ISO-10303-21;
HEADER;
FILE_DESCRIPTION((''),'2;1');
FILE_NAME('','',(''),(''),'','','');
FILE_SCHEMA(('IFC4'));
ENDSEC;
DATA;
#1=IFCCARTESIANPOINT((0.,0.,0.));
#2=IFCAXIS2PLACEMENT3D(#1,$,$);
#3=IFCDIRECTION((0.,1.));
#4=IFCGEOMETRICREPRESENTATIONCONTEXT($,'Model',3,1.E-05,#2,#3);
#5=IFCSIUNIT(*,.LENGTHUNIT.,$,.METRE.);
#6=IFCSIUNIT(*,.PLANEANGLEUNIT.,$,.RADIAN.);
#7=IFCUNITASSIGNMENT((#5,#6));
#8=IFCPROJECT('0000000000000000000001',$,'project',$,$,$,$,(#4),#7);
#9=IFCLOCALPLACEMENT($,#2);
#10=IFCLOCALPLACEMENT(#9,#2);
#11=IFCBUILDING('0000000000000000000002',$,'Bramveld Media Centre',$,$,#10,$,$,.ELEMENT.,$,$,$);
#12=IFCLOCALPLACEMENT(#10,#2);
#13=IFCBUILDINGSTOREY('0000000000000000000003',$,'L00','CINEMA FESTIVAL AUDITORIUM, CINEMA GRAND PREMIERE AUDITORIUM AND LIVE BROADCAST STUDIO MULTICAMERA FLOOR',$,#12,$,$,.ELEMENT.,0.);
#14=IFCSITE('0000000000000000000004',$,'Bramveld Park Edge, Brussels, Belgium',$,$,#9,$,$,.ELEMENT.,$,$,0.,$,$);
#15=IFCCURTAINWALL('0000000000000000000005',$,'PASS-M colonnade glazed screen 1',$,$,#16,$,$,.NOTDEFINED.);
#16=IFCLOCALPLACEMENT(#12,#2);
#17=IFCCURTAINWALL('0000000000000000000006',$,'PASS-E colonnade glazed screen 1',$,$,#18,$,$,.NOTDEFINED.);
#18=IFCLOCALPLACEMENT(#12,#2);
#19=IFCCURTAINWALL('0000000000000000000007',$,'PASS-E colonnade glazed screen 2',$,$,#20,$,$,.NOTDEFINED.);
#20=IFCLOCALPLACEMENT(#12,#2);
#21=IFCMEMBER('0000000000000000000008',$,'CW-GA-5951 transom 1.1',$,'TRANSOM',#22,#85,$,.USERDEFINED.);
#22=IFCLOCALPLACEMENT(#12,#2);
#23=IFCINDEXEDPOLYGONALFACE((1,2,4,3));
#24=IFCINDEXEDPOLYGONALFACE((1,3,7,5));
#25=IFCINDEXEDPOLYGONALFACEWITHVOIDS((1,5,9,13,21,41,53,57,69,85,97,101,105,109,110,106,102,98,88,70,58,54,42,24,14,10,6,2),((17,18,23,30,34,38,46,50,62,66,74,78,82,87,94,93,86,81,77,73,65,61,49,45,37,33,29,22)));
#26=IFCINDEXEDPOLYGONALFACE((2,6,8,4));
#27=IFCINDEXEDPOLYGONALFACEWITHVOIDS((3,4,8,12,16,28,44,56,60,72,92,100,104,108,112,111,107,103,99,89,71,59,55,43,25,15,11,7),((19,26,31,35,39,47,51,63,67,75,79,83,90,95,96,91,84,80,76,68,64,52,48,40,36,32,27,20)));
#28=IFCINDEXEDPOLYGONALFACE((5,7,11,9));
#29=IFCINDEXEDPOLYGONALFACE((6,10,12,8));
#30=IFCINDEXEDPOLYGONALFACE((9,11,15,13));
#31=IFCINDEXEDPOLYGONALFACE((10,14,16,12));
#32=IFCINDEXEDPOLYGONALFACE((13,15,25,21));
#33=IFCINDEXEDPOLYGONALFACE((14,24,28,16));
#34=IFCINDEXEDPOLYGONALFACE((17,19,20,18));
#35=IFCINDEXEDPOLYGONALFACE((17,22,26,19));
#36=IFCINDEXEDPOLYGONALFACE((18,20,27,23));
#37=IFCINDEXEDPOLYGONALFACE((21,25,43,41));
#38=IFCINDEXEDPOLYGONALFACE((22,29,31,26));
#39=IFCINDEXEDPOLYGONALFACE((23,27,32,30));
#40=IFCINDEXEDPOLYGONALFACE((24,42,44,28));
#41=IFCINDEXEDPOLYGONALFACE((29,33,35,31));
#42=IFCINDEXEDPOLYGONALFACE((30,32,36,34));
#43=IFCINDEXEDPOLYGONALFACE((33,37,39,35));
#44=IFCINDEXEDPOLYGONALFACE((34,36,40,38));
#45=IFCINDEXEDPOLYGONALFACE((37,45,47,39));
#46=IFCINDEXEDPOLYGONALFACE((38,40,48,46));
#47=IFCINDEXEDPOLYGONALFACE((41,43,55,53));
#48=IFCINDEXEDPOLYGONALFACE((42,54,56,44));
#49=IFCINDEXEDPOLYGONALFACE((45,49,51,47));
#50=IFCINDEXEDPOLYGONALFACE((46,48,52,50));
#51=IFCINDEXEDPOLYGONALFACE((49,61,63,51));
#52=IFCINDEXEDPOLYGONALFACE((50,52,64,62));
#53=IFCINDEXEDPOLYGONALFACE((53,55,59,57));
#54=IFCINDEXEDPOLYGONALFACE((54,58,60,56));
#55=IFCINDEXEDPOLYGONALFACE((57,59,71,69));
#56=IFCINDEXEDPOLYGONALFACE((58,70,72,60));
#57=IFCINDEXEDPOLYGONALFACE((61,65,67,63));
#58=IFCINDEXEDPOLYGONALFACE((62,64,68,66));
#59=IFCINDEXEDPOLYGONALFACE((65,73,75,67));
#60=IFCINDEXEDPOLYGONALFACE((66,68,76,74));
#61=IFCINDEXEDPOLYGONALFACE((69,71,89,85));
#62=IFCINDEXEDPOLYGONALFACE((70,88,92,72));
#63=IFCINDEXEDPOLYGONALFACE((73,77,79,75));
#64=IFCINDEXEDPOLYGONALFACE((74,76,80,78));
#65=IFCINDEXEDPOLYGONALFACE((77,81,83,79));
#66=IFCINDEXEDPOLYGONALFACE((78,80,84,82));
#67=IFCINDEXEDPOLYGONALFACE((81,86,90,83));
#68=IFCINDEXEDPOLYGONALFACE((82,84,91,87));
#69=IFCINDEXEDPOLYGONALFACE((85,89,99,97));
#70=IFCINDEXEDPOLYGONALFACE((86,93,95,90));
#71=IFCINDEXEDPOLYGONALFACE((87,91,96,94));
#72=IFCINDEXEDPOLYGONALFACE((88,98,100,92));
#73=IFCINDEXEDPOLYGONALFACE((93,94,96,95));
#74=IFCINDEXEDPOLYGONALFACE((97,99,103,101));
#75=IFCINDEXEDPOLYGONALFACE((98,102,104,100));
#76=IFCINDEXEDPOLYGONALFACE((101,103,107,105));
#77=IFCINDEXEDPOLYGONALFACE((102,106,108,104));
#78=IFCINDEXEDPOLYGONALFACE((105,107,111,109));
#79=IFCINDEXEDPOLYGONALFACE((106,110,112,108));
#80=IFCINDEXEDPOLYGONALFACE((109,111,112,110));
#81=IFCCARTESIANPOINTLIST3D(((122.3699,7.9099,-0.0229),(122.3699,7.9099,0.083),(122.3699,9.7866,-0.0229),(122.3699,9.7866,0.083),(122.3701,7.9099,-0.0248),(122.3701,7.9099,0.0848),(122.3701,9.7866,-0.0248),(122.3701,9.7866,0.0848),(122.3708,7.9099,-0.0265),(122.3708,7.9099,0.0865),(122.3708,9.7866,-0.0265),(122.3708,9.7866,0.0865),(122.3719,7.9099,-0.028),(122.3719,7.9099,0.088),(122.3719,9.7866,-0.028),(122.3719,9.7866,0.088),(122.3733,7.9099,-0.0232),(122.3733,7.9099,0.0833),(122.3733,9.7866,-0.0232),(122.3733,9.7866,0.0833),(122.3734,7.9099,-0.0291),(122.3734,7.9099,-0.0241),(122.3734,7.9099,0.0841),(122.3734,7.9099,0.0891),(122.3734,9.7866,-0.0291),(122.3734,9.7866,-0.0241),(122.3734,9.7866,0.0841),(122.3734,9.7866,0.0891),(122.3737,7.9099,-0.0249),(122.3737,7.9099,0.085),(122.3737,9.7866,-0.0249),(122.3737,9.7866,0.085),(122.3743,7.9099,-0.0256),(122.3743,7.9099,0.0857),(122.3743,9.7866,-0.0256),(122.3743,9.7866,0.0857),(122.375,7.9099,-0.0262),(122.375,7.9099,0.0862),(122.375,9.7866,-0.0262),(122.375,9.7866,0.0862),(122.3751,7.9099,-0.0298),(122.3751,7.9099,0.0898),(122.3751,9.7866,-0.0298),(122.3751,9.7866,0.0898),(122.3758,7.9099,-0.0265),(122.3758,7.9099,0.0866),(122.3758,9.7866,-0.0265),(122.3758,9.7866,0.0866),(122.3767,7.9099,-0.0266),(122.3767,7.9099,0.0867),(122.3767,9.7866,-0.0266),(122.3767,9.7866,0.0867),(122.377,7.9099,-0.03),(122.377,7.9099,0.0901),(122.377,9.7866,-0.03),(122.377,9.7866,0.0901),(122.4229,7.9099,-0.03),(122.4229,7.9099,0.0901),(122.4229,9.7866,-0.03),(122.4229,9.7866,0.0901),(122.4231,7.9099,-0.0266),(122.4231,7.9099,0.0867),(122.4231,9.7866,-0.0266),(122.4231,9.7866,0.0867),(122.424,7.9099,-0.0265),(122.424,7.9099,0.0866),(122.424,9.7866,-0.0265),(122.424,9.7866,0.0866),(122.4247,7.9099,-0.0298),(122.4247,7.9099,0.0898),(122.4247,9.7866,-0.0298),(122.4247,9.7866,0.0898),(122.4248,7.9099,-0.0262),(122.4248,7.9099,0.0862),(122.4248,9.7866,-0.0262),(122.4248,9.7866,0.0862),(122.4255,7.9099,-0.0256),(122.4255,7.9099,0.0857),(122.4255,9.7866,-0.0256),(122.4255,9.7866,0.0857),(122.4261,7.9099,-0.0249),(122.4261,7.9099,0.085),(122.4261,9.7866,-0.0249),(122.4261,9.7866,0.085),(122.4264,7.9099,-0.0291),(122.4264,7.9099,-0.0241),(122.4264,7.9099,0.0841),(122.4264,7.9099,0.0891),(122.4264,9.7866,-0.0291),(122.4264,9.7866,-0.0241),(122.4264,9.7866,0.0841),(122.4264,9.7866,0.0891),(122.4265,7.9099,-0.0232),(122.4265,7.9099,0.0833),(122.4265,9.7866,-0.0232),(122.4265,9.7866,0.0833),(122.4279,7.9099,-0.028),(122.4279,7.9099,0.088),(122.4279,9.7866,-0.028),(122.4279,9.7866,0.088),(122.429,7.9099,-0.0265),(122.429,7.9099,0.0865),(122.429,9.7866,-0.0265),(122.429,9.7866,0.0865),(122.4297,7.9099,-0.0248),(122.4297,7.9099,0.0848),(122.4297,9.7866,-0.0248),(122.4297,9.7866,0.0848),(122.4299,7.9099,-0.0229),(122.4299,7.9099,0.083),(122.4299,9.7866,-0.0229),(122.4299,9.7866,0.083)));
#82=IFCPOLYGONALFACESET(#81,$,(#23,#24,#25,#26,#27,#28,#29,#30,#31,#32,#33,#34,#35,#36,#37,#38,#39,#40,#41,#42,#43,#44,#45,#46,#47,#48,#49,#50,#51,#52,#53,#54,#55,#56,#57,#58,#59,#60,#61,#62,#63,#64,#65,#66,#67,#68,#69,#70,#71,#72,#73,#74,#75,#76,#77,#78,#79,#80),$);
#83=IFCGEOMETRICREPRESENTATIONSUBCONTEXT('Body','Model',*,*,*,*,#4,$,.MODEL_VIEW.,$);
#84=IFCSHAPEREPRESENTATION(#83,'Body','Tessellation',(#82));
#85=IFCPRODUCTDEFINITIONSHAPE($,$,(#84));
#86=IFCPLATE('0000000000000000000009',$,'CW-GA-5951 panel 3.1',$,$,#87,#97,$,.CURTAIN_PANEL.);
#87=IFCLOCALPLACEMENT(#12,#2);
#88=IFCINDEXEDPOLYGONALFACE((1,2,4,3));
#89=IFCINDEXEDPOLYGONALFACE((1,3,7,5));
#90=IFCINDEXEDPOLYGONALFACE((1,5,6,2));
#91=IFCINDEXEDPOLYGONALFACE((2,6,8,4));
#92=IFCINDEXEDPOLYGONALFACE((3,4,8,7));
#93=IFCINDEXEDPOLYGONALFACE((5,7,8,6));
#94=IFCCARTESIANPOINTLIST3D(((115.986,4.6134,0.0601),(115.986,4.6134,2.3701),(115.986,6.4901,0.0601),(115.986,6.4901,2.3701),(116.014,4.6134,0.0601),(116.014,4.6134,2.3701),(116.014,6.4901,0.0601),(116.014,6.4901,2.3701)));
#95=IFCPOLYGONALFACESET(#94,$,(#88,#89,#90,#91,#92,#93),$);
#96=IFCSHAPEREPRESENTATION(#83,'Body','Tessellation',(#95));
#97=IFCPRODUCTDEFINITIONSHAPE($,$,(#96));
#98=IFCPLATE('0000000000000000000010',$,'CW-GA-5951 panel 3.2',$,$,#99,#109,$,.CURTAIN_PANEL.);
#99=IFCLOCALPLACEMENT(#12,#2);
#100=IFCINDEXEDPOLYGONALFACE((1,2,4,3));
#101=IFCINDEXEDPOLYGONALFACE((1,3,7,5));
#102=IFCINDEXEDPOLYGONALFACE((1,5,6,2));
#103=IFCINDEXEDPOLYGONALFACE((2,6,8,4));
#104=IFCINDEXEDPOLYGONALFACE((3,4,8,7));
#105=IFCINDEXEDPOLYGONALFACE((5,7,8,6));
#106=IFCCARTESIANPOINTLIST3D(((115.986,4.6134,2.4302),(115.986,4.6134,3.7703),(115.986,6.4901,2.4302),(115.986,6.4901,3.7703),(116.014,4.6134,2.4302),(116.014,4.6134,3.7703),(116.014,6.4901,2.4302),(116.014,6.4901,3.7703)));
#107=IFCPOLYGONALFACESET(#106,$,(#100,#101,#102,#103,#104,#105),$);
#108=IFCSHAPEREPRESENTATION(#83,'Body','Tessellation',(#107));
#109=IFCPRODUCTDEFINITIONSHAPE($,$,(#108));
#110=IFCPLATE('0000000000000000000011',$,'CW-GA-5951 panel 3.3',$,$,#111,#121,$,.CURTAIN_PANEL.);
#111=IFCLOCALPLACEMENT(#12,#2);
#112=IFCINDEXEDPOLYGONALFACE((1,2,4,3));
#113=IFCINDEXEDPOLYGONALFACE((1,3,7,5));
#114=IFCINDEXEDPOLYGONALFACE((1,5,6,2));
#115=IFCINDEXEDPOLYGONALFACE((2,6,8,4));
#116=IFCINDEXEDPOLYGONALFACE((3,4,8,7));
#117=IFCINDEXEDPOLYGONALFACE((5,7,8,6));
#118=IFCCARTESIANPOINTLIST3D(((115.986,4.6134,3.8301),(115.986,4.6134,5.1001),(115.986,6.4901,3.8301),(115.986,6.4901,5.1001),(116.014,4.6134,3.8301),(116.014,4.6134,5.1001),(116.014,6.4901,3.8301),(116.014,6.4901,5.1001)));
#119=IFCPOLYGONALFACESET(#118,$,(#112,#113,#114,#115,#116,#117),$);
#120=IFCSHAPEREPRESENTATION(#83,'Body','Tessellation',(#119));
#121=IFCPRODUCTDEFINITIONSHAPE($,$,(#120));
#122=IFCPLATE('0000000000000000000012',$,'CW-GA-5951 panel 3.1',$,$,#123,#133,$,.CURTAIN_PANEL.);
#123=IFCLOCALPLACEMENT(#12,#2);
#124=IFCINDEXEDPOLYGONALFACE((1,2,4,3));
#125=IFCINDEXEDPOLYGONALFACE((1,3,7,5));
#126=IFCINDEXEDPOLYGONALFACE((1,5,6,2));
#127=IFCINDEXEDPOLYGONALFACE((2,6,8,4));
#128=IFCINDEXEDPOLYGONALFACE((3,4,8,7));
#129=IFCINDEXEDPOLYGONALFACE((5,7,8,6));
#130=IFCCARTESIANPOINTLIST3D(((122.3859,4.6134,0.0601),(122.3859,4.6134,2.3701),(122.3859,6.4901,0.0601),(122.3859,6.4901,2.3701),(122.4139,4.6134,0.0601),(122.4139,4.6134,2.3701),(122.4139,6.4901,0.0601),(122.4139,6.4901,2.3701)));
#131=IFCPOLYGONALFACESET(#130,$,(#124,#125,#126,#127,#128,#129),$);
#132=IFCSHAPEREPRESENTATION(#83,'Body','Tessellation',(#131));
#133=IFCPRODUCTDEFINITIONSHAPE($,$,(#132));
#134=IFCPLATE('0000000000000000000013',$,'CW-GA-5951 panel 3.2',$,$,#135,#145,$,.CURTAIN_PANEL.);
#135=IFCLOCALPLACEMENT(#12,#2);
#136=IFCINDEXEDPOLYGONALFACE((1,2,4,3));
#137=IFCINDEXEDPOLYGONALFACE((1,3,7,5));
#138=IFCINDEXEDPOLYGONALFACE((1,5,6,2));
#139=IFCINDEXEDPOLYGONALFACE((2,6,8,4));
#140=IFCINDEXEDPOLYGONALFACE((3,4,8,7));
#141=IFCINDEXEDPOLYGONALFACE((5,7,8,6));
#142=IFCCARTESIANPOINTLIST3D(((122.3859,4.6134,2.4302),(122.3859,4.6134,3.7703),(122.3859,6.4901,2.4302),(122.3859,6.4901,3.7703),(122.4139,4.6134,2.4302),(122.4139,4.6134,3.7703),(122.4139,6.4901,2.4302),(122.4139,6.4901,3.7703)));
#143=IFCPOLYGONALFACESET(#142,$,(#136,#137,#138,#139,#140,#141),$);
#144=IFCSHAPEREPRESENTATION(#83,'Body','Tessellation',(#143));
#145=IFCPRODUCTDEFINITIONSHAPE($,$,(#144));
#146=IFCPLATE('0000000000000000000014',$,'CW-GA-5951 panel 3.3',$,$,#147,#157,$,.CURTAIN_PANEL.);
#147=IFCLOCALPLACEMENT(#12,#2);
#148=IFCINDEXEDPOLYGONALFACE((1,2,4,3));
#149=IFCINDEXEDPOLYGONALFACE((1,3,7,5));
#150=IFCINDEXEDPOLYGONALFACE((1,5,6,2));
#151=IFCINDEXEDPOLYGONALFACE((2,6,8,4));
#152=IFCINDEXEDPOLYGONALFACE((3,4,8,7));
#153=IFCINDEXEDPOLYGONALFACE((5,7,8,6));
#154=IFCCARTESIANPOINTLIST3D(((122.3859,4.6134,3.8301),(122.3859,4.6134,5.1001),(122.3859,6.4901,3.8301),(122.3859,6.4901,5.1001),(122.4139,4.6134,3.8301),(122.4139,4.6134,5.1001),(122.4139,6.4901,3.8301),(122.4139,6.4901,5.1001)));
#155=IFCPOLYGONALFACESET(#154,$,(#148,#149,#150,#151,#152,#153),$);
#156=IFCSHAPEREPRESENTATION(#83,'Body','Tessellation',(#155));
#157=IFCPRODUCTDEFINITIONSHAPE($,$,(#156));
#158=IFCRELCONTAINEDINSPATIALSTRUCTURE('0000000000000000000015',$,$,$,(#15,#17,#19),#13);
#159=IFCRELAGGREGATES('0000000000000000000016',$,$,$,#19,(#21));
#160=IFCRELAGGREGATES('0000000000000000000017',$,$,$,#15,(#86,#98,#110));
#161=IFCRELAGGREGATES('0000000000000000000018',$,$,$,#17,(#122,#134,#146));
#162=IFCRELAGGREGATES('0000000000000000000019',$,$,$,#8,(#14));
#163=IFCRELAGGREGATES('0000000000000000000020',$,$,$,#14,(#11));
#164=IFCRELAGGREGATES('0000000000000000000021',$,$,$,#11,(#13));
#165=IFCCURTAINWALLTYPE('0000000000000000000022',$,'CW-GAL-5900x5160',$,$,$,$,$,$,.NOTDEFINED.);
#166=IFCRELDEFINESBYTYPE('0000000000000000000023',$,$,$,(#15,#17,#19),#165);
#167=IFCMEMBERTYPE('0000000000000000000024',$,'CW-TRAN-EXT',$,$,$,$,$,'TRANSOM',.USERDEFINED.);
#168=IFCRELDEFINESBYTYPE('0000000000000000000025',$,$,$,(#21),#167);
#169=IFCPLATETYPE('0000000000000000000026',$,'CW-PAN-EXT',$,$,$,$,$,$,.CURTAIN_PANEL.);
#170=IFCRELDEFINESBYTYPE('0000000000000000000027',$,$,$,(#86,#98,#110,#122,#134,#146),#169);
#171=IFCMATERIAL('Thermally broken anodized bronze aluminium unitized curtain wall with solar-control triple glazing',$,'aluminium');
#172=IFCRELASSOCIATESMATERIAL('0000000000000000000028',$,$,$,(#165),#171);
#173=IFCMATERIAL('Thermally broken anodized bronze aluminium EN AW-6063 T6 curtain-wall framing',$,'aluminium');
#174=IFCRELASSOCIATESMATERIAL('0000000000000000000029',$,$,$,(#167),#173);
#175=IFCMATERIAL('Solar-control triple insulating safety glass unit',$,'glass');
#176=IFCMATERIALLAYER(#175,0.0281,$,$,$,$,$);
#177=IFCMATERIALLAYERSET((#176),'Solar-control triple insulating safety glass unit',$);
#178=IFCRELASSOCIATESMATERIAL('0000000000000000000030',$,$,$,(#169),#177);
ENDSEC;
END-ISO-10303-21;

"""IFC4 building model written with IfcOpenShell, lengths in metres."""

from ifc_helpers import new_model, si_unit, direction, frame, origin, origin_2d, place, context, subcontext, project, spatial, rectangle, hollow_rectangle, extrude, material, layer, layer_set, material_profile, profile_set, type_object, element, aggregate, save


model = new_model("IFC4")

# Units and contexts
model_context = context("Model", 3, precision=1e-05, world=origin(), true_north=direction((0.0, 1.0)))
body_context = subcontext(model_context, "Body", "Model", "MODEL_VIEW")
ifc_project = project(units=[si_unit("LENGTHUNIT", "METRE"), si_unit("PLANEANGLEUNIT", "RADIAN")], contexts=[model_context])

# Site, building, storey
site_placement = place(None, origin())
site = spatial("IfcSite", under=ifc_project, at=site_placement, Name="Bramveld Park Edge, Brussels, Belgium", CompositionType="ELEMENT", RefElevation=0.0)
building_placement = place(site_placement, origin())
building = spatial("IfcBuilding", under=site, at=building_placement, Name="Bramveld Media Centre", CompositionType="ELEMENT")
storey_placement = place(building_placement, origin())
storey = spatial("IfcBuildingStorey", under=building, at=storey_placement, Name="L00", Description="CINEMA FESTIVAL AUDITORIUM, CINEMA GRAND PREMIERE AUDITORIUM AND LIVE BROADCAST STUDIO MULTICAMERA FLOOR", CompositionType="ELEMENT", Elevation=0.0)

# Curtain walls
ifc_material_1 = material(Name="Thermally broken anodized bronze aluminium unitized curtain wall with solar-control triple glazing", Category="aluminium")
curtain_wall_type = type_object("IfcCurtainWallType", Name="CW-GAL-5900x5160", PredefinedType="NOTDEFINED", material=ifc_material_1)
curtain_wall_1_placement = place(storey_placement, origin())
curtain_wall_1 = element("IfcCurtainWall", 1, at=curtain_wall_1_placement, inside=storey, type_object=curtain_wall_type, Name="PASS-M colonnade glazed screen 1", PredefinedType="NOTDEFINED")
curtain_wall_2_placement = place(storey_placement, origin())
curtain_wall_2 = element("IfcCurtainWall", 2, at=curtain_wall_2_placement, inside=storey, type_object=curtain_wall_type, Name="PASS-E colonnade glazed screen 1", PredefinedType="NOTDEFINED")
curtain_wall_3_placement = place(storey_placement, origin())
curtain_wall_3 = element("IfcCurtainWall", 3, at=curtain_wall_3_placement, inside=storey, type_object=curtain_wall_type, Name="PASS-E colonnade glazed screen 2", PredefinedType="NOTDEFINED")

# Member
ifc_material_2 = material(Name="Thermally broken anodized bronze aluminium EN AW-6063 T6 curtain-wall framing", Category="aluminium")
ifc_material_profile_1 = material_profile(ifc_material_2, hollow_rectangle(XDim=0.0601, YDim=0.1201, WallThickness=0.0034, InnerFilletRadius=0.0034, OuterFilletRadius=0.0071, at=origin_2d()), Name="AL-TRAN 60x120")
ifc_profile_set_1 = profile_set([ifc_material_profile_1], Name="Thermally broken anodized bronze aluminium EN AW-6063 T6 curtain-wall framing")
member_type_1 = type_object("IfcMemberType", Name="CW-TRAN-EXT", ElementType="TRANSOM", PredefinedType="USERDEFINED", material=ifc_profile_set_1)
member_1_placement = place(storey_placement, frame((122.3999, 7.9099, 0.03), z_axis=(0.0, 1.0, 0.0), x_axis=(-1.0, 0.0, 0.0)))
member_1 = element("IfcMember", 4, at=member_1_placement, type_object=member_type_1, Name="CW-GA-5951 transom 1.1", ObjectType="TRANSOM", PredefinedType="USERDEFINED", context=body_context, shape_type="SweptSolid", body=[
    extrude(hollow_rectangle(XDim=0.0601, YDim=0.1201, WallThickness=0.0034, InnerFilletRadius=0.0034, OuterFilletRadius=0.0071, at=origin_2d()), origin(), (0.0, 0.0, 1.0), 1.8767),
])
aggregate(curtain_wall_3, [member_1])

# Plates
ifc_material_3 = material(Name="Solar-control triple insulating safety glass unit", Category="glass")
ifc_layer = layer(ifc_material_3, 0.0281)
ifc_layer_set = layer_set([ifc_layer], Name="Solar-control triple insulating safety glass unit")
plate_type = type_object("IfcPlateType", Name="CW-PAN-EXT", PredefinedType="CURTAIN_PANEL", material=ifc_layer_set)
plate_1_placement = place(storey_placement, frame((116.0, 5.5518, 0.0601), z_axis=(0.0, 0.0, 1.0), x_axis=(0.0, 1.0, 0.0)))
plate_1 = element("IfcPlate", 5, at=plate_1_placement, type_object=plate_type, Name="CW-GA-5951 panel 3.1", PredefinedType="CURTAIN_PANEL", context=body_context, shape_type="SweptSolid", body=[
    extrude(rectangle(XDim=1.8767, YDim=0.0281, at=origin_2d()), origin(), (0.0, 0.0, 1.0), 2.3101),
])
plate_2_placement = place(storey_placement, frame((116.0, 5.5518, 2.4302), z_axis=(0.0, 0.0, 1.0), x_axis=(0.0, 1.0, 0.0)))
plate_2 = element("IfcPlate", 6, at=plate_2_placement, type_object=plate_type, Name="CW-GA-5951 panel 3.2", PredefinedType="CURTAIN_PANEL", context=body_context, shape_type="SweptSolid", body=[
    extrude(rectangle(XDim=1.8767, YDim=0.0281, at=origin_2d()), origin(), (0.0, 0.0, 1.0), 1.3401),
])
plate_3_placement = place(storey_placement, frame((116.0, 5.5518, 3.8301), z_axis=(0.0, 0.0, 1.0), x_axis=(0.0, 1.0, 0.0)))
plate_3 = element("IfcPlate", 7, at=plate_3_placement, type_object=plate_type, Name="CW-GA-5951 panel 3.3", PredefinedType="CURTAIN_PANEL", context=body_context, shape_type="SweptSolid", body=[
    extrude(rectangle(XDim=1.8767, YDim=0.0281, at=origin_2d()), origin(), (0.0, 0.0, 1.0), 1.27),
])
aggregate(curtain_wall_1, [plate_1, plate_2, plate_3])
plate_4_placement = place(storey_placement, frame((122.3999, 5.5518, 0.0601), z_axis=(0.0, 0.0, 1.0), x_axis=(0.0, 1.0, 0.0)))
plate_4 = element("IfcPlate", 8, at=plate_4_placement, type_object=plate_type, Name="CW-GA-5951 panel 3.1", PredefinedType="CURTAIN_PANEL", context=body_context, shape_type="SweptSolid", body=[
    extrude(rectangle(XDim=1.8767, YDim=0.0281, at=origin_2d()), origin(), (0.0, 0.0, 1.0), 2.3101),
])
plate_5_placement = place(storey_placement, frame((122.3999, 5.5518, 2.4302), z_axis=(0.0, 0.0, 1.0), x_axis=(0.0, 1.0, 0.0)))
plate_5 = element("IfcPlate", 9, at=plate_5_placement, type_object=plate_type, Name="CW-GA-5951 panel 3.2", PredefinedType="CURTAIN_PANEL", context=body_context, shape_type="SweptSolid", body=[
    extrude(rectangle(XDim=1.8767, YDim=0.0281, at=origin_2d()), origin(), (0.0, 0.0, 1.0), 1.3401),
])
plate_6_placement = place(storey_placement, frame((122.3999, 5.5518, 3.8301), z_axis=(0.0, 0.0, 1.0), x_axis=(0.0, 1.0, 0.0)))
plate_6 = element("IfcPlate", 10, at=plate_6_placement, type_object=plate_type, Name="CW-GA-5951 panel 3.3", PredefinedType="CURTAIN_PANEL", context=body_context, shape_type="SweptSolid", body=[
    extrude(rectangle(XDim=1.8767, YDim=0.0281, at=origin_2d()), origin(), (0.0, 0.0, 1.0), 1.27),
])
aggregate(curtain_wall_2, [plate_4, plate_5, plate_6])

save(model, "model.ifc")
